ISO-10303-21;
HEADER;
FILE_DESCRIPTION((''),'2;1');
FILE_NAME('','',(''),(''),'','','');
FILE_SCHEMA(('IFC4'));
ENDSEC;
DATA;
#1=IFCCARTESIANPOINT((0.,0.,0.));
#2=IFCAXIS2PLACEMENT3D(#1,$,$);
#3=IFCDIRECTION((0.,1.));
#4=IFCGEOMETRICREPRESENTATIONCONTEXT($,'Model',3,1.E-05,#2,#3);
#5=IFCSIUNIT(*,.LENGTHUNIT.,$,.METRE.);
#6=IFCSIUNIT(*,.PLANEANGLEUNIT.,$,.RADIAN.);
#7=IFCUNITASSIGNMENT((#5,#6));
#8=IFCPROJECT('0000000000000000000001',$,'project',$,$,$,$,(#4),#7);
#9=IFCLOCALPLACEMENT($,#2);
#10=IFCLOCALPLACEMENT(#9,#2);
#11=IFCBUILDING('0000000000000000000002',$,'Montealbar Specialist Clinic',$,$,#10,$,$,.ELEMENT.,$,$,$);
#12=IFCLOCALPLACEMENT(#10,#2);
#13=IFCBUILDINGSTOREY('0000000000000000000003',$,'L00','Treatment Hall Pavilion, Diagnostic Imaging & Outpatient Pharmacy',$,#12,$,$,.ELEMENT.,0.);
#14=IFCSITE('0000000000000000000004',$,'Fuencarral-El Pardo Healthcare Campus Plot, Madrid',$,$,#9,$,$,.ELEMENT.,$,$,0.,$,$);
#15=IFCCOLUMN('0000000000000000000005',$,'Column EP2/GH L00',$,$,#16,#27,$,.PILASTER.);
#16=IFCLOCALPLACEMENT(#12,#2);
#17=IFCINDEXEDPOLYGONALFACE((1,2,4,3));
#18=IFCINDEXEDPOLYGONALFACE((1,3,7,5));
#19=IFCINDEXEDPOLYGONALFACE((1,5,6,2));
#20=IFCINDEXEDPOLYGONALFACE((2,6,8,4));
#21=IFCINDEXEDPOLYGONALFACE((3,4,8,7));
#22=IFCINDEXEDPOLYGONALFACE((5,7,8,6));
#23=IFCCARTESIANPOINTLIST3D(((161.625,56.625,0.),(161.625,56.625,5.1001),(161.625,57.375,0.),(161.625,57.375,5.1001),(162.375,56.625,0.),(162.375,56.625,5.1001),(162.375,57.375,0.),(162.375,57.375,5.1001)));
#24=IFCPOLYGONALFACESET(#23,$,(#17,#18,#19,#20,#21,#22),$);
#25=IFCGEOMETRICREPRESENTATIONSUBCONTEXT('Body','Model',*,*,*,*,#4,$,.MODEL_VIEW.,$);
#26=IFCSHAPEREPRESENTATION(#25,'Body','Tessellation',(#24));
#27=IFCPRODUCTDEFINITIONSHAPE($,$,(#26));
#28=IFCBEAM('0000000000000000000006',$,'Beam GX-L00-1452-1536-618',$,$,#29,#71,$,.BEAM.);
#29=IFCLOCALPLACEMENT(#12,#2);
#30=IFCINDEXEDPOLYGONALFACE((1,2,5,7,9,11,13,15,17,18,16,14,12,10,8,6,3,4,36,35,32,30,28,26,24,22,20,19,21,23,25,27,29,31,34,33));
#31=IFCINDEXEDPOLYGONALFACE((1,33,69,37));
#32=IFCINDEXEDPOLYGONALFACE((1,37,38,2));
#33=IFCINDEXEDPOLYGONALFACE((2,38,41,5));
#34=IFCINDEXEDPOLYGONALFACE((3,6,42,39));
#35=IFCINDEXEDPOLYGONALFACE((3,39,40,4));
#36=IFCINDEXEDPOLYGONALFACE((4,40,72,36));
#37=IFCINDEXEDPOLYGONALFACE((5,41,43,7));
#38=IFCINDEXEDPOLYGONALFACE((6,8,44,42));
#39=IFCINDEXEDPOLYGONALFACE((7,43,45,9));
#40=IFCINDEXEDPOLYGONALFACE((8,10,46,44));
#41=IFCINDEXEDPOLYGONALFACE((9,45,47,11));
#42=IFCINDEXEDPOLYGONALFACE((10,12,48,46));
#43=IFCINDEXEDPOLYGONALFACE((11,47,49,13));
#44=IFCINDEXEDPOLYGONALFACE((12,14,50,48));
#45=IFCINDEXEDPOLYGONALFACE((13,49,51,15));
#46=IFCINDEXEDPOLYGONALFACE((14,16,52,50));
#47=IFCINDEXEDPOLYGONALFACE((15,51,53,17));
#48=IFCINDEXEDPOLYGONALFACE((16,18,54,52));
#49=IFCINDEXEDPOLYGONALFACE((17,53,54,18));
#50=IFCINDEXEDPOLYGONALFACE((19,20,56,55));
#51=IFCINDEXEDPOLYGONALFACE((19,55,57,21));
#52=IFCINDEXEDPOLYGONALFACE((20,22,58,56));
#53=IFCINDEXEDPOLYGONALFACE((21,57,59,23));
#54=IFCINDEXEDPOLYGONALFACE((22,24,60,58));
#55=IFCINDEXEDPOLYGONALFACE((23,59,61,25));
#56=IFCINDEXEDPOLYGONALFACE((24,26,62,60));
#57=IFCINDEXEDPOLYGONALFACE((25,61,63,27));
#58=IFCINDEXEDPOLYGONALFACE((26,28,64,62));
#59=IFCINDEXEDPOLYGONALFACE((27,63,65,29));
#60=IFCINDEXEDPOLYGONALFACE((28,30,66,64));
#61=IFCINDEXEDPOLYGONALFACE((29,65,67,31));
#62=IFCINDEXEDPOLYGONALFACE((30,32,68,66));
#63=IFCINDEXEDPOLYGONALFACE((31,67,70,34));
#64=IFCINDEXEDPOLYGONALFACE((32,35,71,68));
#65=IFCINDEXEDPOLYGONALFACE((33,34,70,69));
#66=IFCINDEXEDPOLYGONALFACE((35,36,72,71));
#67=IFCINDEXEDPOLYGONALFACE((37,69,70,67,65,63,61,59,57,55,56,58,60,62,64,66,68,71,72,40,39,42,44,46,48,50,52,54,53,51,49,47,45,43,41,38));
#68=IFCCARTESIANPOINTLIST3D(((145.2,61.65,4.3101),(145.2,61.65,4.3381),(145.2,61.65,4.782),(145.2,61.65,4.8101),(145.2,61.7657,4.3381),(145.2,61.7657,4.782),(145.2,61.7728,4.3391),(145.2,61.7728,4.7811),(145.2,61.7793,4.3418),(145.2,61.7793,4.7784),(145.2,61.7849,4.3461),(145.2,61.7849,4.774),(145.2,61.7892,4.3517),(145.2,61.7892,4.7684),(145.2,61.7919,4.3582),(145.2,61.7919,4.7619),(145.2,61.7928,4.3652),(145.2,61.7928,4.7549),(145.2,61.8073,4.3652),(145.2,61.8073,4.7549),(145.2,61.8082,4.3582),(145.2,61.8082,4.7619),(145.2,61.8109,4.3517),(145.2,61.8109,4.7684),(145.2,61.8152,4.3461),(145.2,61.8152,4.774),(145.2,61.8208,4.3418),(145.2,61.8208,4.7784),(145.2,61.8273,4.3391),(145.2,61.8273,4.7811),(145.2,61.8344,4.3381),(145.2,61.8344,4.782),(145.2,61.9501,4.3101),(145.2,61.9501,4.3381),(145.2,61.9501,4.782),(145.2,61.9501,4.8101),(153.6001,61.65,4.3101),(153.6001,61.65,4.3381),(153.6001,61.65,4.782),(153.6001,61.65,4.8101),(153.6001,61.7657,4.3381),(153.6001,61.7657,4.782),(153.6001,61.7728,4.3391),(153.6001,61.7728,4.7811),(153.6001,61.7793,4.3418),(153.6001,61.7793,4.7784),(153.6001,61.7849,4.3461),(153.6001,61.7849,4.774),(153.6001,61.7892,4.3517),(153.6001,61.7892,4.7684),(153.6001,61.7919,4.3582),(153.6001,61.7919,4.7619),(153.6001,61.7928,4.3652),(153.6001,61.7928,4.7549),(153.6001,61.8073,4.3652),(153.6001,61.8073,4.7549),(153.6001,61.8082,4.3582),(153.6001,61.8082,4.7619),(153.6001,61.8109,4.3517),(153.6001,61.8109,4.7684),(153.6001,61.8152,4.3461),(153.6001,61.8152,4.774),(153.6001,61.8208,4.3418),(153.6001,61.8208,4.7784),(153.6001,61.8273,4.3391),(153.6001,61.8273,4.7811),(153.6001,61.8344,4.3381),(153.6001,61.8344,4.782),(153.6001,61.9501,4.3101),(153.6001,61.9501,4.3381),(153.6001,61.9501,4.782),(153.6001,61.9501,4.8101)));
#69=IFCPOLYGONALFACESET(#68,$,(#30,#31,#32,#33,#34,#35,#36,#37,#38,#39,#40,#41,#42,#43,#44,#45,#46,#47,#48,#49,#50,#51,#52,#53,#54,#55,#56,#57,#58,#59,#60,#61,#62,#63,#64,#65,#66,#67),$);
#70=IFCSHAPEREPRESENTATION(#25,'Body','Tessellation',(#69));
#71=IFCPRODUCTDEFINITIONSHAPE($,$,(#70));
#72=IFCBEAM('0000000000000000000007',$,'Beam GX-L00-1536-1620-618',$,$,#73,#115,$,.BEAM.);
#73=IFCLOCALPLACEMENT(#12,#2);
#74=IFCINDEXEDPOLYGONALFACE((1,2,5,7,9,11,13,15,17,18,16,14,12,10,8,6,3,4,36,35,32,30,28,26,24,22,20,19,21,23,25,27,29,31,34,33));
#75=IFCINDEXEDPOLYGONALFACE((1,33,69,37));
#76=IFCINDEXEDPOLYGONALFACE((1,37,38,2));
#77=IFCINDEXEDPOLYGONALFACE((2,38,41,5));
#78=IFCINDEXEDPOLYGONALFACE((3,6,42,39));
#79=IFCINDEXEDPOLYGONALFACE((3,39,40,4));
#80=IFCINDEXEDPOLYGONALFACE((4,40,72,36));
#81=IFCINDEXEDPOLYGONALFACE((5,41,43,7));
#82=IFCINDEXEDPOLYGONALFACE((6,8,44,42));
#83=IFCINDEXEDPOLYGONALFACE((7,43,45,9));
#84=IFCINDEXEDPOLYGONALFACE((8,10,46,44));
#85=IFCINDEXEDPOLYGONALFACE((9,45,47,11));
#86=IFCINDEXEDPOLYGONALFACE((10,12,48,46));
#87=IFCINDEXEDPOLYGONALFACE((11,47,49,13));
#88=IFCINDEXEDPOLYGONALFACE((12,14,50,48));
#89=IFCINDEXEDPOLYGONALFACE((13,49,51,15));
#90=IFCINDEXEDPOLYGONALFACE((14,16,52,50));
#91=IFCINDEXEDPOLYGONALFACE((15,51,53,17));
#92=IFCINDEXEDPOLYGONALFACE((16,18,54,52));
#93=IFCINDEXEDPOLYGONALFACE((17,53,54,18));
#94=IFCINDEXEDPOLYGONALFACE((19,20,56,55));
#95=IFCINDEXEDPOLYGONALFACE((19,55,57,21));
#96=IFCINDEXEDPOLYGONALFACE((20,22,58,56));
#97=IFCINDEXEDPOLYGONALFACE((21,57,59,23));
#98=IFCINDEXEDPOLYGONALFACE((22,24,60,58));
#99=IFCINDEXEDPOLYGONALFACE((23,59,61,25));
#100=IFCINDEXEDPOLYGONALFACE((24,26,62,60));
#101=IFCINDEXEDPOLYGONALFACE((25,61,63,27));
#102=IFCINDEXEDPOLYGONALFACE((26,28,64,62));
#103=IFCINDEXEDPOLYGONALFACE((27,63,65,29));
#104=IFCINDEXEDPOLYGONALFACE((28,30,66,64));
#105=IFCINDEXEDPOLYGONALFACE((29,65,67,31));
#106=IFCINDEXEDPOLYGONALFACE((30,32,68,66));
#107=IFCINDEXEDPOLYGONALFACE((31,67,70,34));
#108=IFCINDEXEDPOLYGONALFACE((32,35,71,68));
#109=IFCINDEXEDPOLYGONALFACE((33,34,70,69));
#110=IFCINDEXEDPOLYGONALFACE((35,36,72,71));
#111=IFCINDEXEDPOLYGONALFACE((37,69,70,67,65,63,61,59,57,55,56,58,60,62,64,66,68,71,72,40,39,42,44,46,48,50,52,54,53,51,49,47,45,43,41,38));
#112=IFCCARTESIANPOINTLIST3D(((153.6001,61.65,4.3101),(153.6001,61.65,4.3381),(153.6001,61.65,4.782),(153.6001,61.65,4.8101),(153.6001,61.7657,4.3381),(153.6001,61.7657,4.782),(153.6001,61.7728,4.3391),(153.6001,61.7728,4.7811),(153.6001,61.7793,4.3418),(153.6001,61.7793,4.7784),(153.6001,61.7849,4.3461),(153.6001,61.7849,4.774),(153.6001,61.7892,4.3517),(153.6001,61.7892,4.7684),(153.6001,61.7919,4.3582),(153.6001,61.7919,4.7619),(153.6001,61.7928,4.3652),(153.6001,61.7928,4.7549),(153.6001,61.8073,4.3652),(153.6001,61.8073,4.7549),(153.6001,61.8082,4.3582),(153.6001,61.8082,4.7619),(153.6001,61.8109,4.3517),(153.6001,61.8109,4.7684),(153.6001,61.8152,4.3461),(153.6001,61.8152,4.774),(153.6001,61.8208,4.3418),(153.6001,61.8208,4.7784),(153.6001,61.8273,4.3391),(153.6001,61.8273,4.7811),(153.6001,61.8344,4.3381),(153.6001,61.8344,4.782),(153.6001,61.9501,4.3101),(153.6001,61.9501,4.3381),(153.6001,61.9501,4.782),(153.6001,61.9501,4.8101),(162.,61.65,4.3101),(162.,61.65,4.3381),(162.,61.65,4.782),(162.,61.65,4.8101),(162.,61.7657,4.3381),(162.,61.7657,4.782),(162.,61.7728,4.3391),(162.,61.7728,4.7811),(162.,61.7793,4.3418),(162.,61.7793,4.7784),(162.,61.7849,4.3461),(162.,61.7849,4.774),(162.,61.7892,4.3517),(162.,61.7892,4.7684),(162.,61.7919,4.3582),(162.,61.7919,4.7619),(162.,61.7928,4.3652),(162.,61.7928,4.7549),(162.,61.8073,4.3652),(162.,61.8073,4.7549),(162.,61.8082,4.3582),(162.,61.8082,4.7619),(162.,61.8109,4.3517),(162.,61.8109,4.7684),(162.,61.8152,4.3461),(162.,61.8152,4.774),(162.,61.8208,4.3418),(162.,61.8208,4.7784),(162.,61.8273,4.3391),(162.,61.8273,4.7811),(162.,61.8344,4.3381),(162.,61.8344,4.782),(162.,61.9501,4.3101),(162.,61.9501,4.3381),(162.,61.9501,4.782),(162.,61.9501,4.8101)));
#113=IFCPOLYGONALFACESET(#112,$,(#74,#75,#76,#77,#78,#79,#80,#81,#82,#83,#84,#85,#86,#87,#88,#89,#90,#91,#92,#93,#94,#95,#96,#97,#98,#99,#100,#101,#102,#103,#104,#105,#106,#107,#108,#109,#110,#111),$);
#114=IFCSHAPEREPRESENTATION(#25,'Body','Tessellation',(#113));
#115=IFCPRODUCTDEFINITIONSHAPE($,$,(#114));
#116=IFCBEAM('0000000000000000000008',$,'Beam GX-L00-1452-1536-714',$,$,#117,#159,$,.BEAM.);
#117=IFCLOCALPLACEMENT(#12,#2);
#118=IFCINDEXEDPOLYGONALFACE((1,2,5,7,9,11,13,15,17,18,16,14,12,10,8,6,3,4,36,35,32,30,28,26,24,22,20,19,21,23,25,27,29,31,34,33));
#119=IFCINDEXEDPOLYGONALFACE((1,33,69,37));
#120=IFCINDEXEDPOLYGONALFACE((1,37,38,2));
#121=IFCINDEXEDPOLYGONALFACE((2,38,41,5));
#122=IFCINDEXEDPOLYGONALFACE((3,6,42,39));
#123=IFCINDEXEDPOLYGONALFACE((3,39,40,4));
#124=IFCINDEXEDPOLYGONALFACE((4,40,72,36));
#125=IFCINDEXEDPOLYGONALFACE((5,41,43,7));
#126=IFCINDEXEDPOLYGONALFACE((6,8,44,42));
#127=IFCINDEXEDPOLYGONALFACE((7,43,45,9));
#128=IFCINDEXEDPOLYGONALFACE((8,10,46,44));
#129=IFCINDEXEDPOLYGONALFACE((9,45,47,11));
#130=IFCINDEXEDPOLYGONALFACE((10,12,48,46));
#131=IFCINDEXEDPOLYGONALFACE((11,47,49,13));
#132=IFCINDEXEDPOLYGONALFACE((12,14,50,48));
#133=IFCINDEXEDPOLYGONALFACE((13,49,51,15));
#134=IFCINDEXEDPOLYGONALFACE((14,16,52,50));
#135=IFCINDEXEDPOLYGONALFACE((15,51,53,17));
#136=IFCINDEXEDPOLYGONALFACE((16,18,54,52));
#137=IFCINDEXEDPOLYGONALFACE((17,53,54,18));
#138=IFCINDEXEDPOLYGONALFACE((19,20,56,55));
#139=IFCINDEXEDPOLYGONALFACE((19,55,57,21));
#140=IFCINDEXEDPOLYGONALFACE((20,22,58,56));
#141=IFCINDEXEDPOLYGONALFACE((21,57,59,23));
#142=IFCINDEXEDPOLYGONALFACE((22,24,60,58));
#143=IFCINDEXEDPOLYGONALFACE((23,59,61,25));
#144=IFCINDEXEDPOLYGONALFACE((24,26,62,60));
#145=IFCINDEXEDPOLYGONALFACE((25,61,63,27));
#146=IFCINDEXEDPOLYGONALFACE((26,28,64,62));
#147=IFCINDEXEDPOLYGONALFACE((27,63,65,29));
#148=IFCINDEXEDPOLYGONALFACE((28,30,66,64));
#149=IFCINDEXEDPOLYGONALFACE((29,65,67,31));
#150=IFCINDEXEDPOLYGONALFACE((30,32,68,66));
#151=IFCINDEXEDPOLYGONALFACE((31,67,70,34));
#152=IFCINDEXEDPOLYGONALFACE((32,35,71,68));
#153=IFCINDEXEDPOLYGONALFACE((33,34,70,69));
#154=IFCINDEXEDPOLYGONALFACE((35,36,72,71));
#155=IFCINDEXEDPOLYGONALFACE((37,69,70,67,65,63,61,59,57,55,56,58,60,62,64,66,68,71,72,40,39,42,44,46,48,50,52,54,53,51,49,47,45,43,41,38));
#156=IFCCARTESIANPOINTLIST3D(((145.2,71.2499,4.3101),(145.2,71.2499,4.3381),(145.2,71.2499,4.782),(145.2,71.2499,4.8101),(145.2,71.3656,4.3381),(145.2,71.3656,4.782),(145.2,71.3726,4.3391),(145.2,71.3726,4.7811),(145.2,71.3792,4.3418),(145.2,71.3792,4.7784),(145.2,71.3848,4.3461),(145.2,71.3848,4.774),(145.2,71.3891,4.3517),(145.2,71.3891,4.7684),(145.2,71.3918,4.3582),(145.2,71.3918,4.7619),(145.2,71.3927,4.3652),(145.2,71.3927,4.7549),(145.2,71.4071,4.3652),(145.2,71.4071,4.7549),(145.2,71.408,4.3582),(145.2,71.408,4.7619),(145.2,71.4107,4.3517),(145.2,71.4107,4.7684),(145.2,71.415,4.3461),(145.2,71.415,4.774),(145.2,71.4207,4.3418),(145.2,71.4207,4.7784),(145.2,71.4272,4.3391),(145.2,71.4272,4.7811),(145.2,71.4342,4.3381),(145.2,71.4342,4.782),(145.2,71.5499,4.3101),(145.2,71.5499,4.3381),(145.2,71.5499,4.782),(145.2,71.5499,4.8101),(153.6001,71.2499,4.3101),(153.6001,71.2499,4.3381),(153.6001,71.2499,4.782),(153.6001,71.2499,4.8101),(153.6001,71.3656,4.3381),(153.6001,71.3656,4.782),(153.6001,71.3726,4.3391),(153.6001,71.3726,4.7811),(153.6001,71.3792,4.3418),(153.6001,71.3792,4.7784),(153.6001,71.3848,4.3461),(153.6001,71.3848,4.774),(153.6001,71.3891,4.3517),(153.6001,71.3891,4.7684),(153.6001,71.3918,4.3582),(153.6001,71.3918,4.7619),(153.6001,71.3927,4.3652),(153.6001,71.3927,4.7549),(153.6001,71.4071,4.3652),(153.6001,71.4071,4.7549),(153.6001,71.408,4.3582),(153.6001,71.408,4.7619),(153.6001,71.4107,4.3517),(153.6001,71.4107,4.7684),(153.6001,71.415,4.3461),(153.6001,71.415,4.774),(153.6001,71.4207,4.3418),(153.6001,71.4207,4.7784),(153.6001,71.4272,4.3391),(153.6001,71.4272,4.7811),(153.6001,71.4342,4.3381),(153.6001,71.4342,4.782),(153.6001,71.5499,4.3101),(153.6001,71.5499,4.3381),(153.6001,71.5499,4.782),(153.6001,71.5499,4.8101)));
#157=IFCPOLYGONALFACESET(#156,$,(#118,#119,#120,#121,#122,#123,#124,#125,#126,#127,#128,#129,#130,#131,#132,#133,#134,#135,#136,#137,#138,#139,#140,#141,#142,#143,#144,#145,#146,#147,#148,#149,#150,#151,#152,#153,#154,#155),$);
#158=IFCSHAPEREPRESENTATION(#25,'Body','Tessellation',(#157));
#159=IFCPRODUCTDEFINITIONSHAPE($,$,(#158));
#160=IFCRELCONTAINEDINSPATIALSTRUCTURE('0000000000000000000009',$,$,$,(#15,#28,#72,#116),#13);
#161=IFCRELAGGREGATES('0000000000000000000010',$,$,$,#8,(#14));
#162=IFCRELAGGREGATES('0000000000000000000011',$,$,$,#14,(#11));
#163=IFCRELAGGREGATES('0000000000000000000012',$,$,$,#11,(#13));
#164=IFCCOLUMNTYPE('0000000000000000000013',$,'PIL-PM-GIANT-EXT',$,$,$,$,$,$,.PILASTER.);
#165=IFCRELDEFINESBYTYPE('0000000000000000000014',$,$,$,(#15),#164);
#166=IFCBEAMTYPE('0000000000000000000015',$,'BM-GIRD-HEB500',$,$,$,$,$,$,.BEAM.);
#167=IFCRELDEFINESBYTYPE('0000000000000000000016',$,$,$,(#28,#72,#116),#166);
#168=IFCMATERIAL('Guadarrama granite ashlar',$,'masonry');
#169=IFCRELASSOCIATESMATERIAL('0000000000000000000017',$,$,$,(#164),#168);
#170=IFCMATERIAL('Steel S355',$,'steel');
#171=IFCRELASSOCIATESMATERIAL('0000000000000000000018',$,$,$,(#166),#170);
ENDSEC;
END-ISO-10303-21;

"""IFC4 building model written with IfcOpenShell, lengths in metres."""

from ifc_helpers import new_model, si_unit, direction, frame, origin, origin_2d, place, context, subcontext, project, spatial, rectangle, i_section, extrude, material, material_profile, profile_set, type_object, element, save


model = new_model("IFC4")

# Units and contexts
model_context = context("Model", 3, precision=1e-05, world=origin(), true_north=direction((0.0, 1.0)))
body_context = subcontext(model_context, "Body", "Model", "MODEL_VIEW")
ifc_project = project(units=[si_unit("LENGTHUNIT", "METRE"), si_unit("PLANEANGLEUNIT", "RADIAN")], contexts=[model_context])

# Site, building, storey
site_placement = place(None, origin())
site = spatial("IfcSite", under=ifc_project, at=site_placement, Name="Fuencarral-El Pardo Healthcare Campus Plot, Madrid", CompositionType="ELEMENT", RefElevation=0.0)
building_placement = place(site_placement, origin())
building = spatial("IfcBuilding", under=site, at=building_placement, Name="Montealbar Specialist Clinic", CompositionType="ELEMENT")
storey_placement = place(building_placement, origin())
storey = spatial("IfcBuildingStorey", under=building, at=storey_placement, Name="L00", Description="Treatment Hall Pavilion, Diagnostic Imaging & Outpatient Pharmacy", CompositionType="ELEMENT", Elevation=0.0)

# Column
ifc_material_1 = material(Name="Steel S355", Category="steel")
ifc_material_2 = material(Name="Guadarrama granite ashlar", Category="masonry")
ifc_material_profile_1 = material_profile(ifc_material_2, rectangle(XDim=0.75, YDim=0.75, at=origin_2d()), Name="GRANITE PILASTER 750x750", Category="masonry")
ifc_profile_set_1 = profile_set([ifc_material_profile_1], Name="Guadarrama granite ashlar")
column_type_1 = type_object("IfcColumnType", Name="PIL-PM-GIANT-EXT", PredefinedType="PILASTER", material=ifc_profile_set_1)
column_1_placement = place(storey_placement, frame((162.0, 57.0, 0.0), z_axis=(0.0, 0.0, 1.0), x_axis=(1.0, 0.0, 0.0)))
element("IfcColumn", 1, at=column_1_placement, inside=storey, type_object=column_type_1, Name="Column EP2/GH L00", PredefinedType="PILASTER", context=body_context, shape_type="SweptSolid", body=[
    extrude(rectangle(XDim=0.75, YDim=0.75, at=origin_2d()), origin(), (0.0, 0.0, 1.0), 5.1001),
])

# Beams
ifc_material_profile_2 = material_profile(ifc_material_1, i_section(OverallWidth=0.3, OverallDepth=0.5, WebThickness=0.0144, FlangeThickness=0.0281, FilletRadius=0.0271, at=origin_2d()), Name="HEB 500", Category="steel")
ifc_profile_set_2 = profile_set([ifc_material_profile_2], Name="Steel S355")
beam_type_1 = type_object("IfcBeamType", Name="BM-GIRD-HEB500", PredefinedType="BEAM", material=ifc_profile_set_2)
beam_1_placement = place(storey_placement, frame((145.2, 61.8, 4.5601), z_axis=(1.0, 0.0, 0.0), x_axis=(0.0, 1.0, 0.0)))
element("IfcBeam", 2, at=beam_1_placement, inside=storey, type_object=beam_type_1, Name="Beam GX-L00-1452-1536-618", PredefinedType="BEAM", context=body_context, shape_type="SweptSolid", body=[
    extrude(i_section(OverallWidth=0.3, OverallDepth=0.5, WebThickness=0.0144, FlangeThickness=0.0281, FilletRadius=0.0271, at=origin_2d()), origin(), (0.0, 0.0, 1.0), 8.4001),
])
beam_2_placement = place(storey_placement, frame((153.6001, 61.8, 4.5601), z_axis=(1.0, 0.0, 0.0), x_axis=(0.0, 1.0, 0.0)))
element("IfcBeam", 3, at=beam_2_placement, inside=storey, type_object=beam_type_1, Name="Beam GX-L00-1536-1620-618", PredefinedType="BEAM", context=body_context, shape_type="SweptSolid", body=[
    extrude(i_section(OverallWidth=0.3, OverallDepth=0.5, WebThickness=0.0144, FlangeThickness=0.0281, FilletRadius=0.0271, at=origin_2d()), origin(), (0.0, 0.0, 1.0), 8.3999),
])
beam_3_placement = place(storey_placement, frame((145.2, 71.3999, 4.5601), z_axis=(1.0, 0.0, 0.0), x_axis=(0.0, 1.0, 0.0)))
element("IfcBeam", 4, at=beam_3_placement, inside=storey, type_object=beam_type_1, Name="Beam GX-L00-1452-1536-714", PredefinedType="BEAM", context=body_context, shape_type="SweptSolid", body=[
    extrude(i_section(OverallWidth=0.3, OverallDepth=0.5, WebThickness=0.0144, FlangeThickness=0.0281, FilletRadius=0.0271, at=origin_2d()), origin(), (0.0, 0.0, 1.0), 8.4001),
])

save(model, "model.ifc")
